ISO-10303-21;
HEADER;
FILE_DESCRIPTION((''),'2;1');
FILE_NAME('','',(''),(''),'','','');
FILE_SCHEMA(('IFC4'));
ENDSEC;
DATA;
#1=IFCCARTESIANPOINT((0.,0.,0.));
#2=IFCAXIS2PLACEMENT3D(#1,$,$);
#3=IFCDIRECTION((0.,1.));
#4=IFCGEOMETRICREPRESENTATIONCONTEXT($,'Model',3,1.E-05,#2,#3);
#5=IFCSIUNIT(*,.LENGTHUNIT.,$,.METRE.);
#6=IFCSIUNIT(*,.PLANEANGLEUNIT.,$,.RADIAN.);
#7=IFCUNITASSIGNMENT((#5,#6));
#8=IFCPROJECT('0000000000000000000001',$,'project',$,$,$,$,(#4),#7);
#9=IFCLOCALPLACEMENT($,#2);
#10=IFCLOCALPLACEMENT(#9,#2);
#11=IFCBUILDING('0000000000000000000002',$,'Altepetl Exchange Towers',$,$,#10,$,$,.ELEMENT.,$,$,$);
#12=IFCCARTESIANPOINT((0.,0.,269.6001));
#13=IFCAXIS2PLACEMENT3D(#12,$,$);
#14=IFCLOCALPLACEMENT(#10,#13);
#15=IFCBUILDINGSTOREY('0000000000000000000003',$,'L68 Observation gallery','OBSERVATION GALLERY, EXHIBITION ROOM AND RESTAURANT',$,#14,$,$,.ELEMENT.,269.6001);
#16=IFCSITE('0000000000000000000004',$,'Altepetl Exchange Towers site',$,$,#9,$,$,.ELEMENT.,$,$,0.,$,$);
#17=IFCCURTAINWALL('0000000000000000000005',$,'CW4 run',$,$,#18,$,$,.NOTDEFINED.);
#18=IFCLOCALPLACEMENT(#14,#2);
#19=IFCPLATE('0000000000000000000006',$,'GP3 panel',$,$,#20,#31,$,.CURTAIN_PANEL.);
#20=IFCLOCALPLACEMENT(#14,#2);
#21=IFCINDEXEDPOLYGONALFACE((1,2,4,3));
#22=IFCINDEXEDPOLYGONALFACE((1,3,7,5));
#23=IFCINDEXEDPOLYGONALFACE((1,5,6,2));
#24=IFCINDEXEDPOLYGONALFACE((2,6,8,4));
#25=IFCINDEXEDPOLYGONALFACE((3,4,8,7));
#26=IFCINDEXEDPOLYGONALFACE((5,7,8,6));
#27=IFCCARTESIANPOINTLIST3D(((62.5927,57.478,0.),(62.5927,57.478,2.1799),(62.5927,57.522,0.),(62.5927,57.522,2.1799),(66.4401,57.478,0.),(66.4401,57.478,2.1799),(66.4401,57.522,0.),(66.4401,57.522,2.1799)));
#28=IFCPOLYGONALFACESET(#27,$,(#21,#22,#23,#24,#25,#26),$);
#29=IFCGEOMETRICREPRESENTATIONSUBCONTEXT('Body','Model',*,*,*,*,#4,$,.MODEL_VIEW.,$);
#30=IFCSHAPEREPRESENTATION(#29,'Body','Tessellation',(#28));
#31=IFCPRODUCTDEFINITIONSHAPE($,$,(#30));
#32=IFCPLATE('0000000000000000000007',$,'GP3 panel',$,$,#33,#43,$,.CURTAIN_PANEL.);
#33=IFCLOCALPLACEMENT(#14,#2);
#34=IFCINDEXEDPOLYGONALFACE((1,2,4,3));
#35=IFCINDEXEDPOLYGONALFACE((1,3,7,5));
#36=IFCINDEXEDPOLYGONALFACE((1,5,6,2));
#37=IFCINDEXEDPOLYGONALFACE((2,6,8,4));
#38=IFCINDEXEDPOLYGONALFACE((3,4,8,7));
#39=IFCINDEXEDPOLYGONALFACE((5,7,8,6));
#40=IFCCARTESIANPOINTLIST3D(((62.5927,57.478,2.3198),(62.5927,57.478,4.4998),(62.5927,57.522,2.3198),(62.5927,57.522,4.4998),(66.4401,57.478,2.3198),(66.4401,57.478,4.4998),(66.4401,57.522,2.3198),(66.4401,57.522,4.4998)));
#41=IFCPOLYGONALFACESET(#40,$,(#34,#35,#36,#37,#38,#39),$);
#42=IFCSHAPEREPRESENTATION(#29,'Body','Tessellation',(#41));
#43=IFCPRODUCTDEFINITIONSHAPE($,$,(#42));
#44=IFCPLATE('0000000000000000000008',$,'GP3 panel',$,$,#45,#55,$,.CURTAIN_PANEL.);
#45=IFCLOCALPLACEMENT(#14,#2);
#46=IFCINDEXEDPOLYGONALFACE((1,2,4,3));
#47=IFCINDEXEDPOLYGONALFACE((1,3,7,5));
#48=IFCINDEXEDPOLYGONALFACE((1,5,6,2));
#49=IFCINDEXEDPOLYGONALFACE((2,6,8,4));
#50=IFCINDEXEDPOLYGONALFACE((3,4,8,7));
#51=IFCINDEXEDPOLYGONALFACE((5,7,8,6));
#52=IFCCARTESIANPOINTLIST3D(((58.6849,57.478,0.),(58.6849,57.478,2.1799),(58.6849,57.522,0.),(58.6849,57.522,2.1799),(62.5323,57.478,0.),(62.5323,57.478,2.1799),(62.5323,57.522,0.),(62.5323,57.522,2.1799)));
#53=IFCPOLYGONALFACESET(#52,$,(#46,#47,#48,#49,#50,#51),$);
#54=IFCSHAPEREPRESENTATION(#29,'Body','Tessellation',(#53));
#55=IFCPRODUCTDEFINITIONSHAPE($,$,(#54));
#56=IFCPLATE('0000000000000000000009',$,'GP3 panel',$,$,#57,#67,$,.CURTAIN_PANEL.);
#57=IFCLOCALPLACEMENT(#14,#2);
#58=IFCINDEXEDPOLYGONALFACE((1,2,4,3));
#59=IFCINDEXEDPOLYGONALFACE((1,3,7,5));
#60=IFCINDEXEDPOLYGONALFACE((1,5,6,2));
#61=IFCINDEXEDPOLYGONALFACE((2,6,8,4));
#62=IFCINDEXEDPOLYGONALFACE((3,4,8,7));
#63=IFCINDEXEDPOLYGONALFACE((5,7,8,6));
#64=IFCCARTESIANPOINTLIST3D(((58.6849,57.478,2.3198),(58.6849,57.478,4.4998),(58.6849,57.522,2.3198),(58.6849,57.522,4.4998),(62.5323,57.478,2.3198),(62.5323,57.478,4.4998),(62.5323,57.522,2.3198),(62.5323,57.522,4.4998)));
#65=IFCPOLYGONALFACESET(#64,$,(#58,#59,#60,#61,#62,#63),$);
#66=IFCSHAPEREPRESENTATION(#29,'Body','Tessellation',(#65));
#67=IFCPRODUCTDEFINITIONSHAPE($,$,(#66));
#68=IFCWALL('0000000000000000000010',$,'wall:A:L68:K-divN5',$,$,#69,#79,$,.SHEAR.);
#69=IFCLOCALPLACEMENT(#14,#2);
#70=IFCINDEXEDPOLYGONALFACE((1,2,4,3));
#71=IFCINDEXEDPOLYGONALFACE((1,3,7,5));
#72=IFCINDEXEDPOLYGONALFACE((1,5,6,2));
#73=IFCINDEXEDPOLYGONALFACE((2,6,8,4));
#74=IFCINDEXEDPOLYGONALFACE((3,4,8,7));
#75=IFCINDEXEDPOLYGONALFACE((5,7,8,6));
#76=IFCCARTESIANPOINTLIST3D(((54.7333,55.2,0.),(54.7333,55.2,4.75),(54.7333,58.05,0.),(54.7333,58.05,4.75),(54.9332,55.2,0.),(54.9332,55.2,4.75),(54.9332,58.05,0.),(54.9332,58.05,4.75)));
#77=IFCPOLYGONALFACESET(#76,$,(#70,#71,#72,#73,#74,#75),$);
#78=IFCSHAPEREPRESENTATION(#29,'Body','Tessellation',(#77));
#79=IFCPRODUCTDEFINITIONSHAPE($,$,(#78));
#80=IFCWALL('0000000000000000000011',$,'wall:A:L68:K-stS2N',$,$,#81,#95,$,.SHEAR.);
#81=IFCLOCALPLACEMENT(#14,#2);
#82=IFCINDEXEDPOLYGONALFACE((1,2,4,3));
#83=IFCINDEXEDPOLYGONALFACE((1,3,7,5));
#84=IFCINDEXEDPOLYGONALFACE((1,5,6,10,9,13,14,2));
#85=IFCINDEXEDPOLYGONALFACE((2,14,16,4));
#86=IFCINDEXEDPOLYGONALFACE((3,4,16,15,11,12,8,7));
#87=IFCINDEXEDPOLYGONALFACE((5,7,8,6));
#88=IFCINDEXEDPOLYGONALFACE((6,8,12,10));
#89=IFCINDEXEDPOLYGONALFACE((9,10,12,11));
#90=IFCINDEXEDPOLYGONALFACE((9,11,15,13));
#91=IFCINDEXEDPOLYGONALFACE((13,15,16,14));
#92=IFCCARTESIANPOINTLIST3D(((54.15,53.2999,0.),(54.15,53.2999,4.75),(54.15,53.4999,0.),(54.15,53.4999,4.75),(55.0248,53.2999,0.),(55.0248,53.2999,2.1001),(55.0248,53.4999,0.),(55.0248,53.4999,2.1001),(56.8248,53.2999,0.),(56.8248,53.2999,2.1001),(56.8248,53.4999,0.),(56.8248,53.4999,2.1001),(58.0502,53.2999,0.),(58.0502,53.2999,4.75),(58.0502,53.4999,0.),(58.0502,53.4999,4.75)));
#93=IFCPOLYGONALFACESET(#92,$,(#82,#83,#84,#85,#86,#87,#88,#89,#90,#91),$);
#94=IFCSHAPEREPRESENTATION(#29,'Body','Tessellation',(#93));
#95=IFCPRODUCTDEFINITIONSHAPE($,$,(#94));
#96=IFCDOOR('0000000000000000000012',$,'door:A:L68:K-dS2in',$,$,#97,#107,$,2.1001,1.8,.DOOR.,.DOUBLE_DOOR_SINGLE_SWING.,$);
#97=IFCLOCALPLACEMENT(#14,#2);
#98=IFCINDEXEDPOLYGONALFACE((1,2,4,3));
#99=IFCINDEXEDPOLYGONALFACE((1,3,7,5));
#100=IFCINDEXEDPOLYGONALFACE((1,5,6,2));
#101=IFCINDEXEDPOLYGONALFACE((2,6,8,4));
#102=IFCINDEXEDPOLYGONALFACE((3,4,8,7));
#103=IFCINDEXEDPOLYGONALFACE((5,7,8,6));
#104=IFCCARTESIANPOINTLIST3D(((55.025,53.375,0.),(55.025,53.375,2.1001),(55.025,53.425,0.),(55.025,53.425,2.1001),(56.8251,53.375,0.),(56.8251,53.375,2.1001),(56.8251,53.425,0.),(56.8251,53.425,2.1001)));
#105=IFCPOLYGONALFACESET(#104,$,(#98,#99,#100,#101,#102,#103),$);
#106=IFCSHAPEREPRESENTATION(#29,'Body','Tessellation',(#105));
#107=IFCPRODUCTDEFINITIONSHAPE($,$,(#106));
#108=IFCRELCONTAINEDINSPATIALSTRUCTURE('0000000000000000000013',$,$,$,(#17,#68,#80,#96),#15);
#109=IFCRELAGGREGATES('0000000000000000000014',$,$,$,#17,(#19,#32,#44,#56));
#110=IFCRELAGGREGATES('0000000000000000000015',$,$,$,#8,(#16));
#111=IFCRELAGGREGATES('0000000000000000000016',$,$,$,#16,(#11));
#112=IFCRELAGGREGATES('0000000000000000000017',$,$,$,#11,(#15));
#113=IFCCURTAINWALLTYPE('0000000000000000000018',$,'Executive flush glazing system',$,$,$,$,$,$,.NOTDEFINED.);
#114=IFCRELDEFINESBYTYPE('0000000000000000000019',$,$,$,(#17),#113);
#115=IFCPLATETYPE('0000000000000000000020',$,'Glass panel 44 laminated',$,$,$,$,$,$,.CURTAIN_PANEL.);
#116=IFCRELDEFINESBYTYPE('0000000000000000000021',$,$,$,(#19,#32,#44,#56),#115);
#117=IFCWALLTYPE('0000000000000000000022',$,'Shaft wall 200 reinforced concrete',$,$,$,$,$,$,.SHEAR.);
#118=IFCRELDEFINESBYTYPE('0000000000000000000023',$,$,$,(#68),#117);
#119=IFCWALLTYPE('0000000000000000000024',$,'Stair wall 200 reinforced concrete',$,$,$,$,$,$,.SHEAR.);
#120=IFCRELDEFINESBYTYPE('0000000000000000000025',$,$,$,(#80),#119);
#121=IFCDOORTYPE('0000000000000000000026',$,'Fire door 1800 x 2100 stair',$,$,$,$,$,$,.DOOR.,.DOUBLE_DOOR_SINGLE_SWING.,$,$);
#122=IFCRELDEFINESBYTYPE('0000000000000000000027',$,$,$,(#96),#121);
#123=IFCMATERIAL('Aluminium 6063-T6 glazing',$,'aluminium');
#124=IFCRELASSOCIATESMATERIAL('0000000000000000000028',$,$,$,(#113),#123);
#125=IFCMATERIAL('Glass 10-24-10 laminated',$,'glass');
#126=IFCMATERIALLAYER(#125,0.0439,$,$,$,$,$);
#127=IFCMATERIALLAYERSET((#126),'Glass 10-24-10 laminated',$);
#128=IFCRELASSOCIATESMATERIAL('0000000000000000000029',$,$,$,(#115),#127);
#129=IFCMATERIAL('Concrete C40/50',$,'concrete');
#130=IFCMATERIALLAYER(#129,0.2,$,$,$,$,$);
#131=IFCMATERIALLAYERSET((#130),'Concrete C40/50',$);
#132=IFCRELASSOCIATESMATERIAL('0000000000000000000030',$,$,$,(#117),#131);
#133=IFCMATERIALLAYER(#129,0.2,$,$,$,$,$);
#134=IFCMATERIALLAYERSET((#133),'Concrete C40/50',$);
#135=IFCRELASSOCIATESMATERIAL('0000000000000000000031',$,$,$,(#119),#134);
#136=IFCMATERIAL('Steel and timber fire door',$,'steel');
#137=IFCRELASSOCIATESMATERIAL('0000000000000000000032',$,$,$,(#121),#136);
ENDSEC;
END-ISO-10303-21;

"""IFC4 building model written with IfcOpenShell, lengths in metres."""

from ifc_helpers import new_model, si_unit, direction, frame, frame_2d, origin, origin_2d, place, context, subcontext, project, spatial, rectangle, extrude, material, layer, layer_set, type_object, element, fill, aggregate, save


model = new_model("IFC4")

# Units and contexts
model_context = context("Model", 3, precision=1e-05, world=origin(), true_north=direction((0.0, 1.0)))
body_context = subcontext(model_context, "Body", "Model", "MODEL_VIEW")
ifc_project = project(units=[si_unit("LENGTHUNIT", "METRE"), si_unit("PLANEANGLEUNIT", "RADIAN")], contexts=[model_context])

# Site, building, storey
site_placement = place(None, origin())
site = spatial("IfcSite", under=ifc_project, at=site_placement, Name="Altepetl Exchange Towers site", CompositionType="ELEMENT", RefElevation=0.0)
building_placement = place(site_placement, origin())
building = spatial("IfcBuilding", under=site, at=building_placement, Name="Altepetl Exchange Towers", CompositionType="ELEMENT")
storey_placement = place(building_placement, frame((0.0, 0.0, 269.6001)))
storey = spatial("IfcBuildingStorey", under=building, at=storey_placement, Name="L68 Observation gallery", Description="OBSERVATION GALLERY, EXHIBITION ROOM AND RESTAURANT", CompositionType="ELEMENT", Elevation=269.6001)

# Shared definitions
ifc_material_1 = material(Name="Aluminium 6063-T6 glazing", Category="aluminium")
curtain_wall_type = type_object("IfcCurtainWallType", Name="Executive flush glazing system", PredefinedType="NOTDEFINED", material=ifc_material_1)

# Curtain wall
curtain_wall_1_placement = place(storey_placement, origin())
curtain_wall_1 = element("IfcCurtainWall", 1, at=curtain_wall_1_placement, inside=storey, type_object=curtain_wall_type, Name="CW4 run", PredefinedType="NOTDEFINED")

# Plates
ifc_material_2 = material(Name="Glass 10-24-10 laminated", Category="glass")
ifc_layer_1 = layer(ifc_material_2, 0.0439)
ifc_layer_set_1 = layer_set([ifc_layer_1], Name="Glass 10-24-10 laminated")
plate_type = type_object("IfcPlateType", Name="Glass panel 44 laminated", PredefinedType="CURTAIN_PANEL", material=ifc_layer_set_1)
plate_1_placement = place(storey_placement, frame((64.5164, 57.5, 0.0), z_axis=(0.0, 0.0, 1.0), x_axis=(-1.0, 0.0, 0.0)))
plate_1 = element("IfcPlate", 2, at=plate_1_placement, type_object=plate_type, Name="GP3 panel", PredefinedType="CURTAIN_PANEL", context=body_context, shape_type="SweptSolid", body=[
    extrude(rectangle(XDim=3.8474, YDim=0.0439, at=origin_2d()), origin(), (0.0, 0.0, 1.0), 2.1799),
])
plate_2_placement = place(storey_placement, frame((64.5164, 57.5, 2.3198), z_axis=(0.0, 0.0, 1.0), x_axis=(-1.0, 0.0, 0.0)))
plate_2 = element("IfcPlate", 3, at=plate_2_placement, type_object=plate_type, Name="GP3 panel", PredefinedType="CURTAIN_PANEL", context=body_context, shape_type="SweptSolid", body=[
    extrude(rectangle(XDim=3.8474, YDim=0.0439, at=origin_2d()), origin(), (0.0, 0.0, 1.0), 2.1799),
])
plate_3_placement = place(storey_placement, frame((60.6086, 57.5, 0.0), z_axis=(0.0, 0.0, 1.0), x_axis=(-1.0, 0.0, 0.0)))
plate_3 = element("IfcPlate", 4, at=plate_3_placement, type_object=plate_type, Name="GP3 panel", PredefinedType="CURTAIN_PANEL", context=body_context, shape_type="SweptSolid", body=[
    extrude(rectangle(XDim=3.8474, YDim=0.0439, at=origin_2d()), origin(), (0.0, 0.0, 1.0), 2.1799),
])
plate_4_placement = place(storey_placement, frame((60.6086, 57.5, 2.3198), z_axis=(0.0, 0.0, 1.0), x_axis=(-1.0, 0.0, 0.0)))
plate_4 = element("IfcPlate", 5, at=plate_4_placement, type_object=plate_type, Name="GP3 panel", PredefinedType="CURTAIN_PANEL", context=body_context, shape_type="SweptSolid", body=[
    extrude(rectangle(XDim=3.8474, YDim=0.0439, at=origin_2d()), origin(), (0.0, 0.0, 1.0), 2.1799),
])
aggregate(curtain_wall_1, [plate_1, plate_2, plate_3, plate_4])

# Wall
ifc_material_3 = material(Name="Concrete C40/50", Category="concrete")
ifc_layer_2 = layer(ifc_material_3, 0.2)
ifc_layer_set_2 = layer_set([ifc_layer_2], Name="Concrete C40/50")
wall_type_1 = type_object("IfcWallType", Name="Shaft wall 200 reinforced concrete", PredefinedType="SHEAR", material=ifc_layer_set_2)
wall_1_placement = place(storey_placement, frame((54.8333, 58.05, 0.0), z_axis=(0.0, 0.0, 1.0), x_axis=(0.0, -1.0, 0.0)))
element("IfcWall", 6, at=wall_1_placement, inside=storey, type_object=wall_type_1, Name="wall:A:L68:K-divN5", PredefinedType="SHEAR", context=body_context, shape_type="SweptSolid", body=[
    extrude(rectangle(XDim=2.8501, YDim=0.2, at=frame_2d((1.425, 0.0))), origin(), (0.0, 0.0, 1.0), 4.75),
])

# Wall, opening, door
ifc_layer_3 = layer(ifc_material_3, 0.2)
ifc_layer_set_3 = layer_set([ifc_layer_3], Name="Concrete C40/50")
wall_type_2 = type_object("IfcWallType", Name="Stair wall 200 reinforced concrete", PredefinedType="SHEAR", material=ifc_layer_set_3)
wall_2_placement = place(storey_placement, frame((54.1499, 53.3999, 0.0)))
wall_2 = element("IfcWall", 7, at=wall_2_placement, inside=storey, type_object=wall_type_2, Name="wall:A:L68:K-stS2N", PredefinedType="SHEAR", context=body_context, shape_type="SweptSolid", body=[
    extrude(rectangle(XDim=3.9001, YDim=0.2, at=frame_2d((1.9502, 0.0))), origin(), (0.0, 0.0, 1.0), 4.75),
])
opening_placement = place(wall_2_placement, frame((0.875, 0.0, 0.0)))
opening = element("IfcOpeningElement", 8, at=opening_placement, cuts=wall_2, PredefinedType="OPENING", context=body_context, shape_type="SweptSolid", body=[
    extrude(rectangle(XDim=1.8, YDim=2.1001, at=frame_2d((0.8999, 1.05))), frame((0.0, 0.1099, 0.0), z_axis=(0.0, -1.0, 0.0), x_axis=(1.0, 0.0, 0.0)), (0.0, 0.0, 1.0), 0.22),
])
ifc_material_4 = material(Name="Steel and timber fire door", Category="steel")
door_type = type_object("IfcDoorType", Name="Fire door 1800 x 2100 stair", OperationType="DOUBLE_DOOR_SINGLE_SWING", PredefinedType="DOOR", material=ifc_material_4)
door_placement = place(opening_placement, frame((1.8, 0.0, 0.0), x_axis=(-1.0, 0.0, 0.0)))
door = element("IfcDoor", 9, at=door_placement, inside=storey, type_object=door_type, Name="door:A:L68:K-dS2in", OperationType="DOUBLE_DOOR_SINGLE_SWING", OverallHeight=2.1001, OverallWidth=1.8, PredefinedType="DOOR", context=body_context, shape_type="SweptSolid", body=[
    extrude(rectangle(XDim=1.8, YDim=2.1001, at=frame_2d((0.8999, 1.05))), frame((0.0, 0.0249, 0.0), z_axis=(0.0, -1.0, 0.0), x_axis=(1.0, 0.0, 0.0)), (0.0, 0.0, 1.0), 0.05),
])
fill(opening, door)

save(model, "model.ifc")
